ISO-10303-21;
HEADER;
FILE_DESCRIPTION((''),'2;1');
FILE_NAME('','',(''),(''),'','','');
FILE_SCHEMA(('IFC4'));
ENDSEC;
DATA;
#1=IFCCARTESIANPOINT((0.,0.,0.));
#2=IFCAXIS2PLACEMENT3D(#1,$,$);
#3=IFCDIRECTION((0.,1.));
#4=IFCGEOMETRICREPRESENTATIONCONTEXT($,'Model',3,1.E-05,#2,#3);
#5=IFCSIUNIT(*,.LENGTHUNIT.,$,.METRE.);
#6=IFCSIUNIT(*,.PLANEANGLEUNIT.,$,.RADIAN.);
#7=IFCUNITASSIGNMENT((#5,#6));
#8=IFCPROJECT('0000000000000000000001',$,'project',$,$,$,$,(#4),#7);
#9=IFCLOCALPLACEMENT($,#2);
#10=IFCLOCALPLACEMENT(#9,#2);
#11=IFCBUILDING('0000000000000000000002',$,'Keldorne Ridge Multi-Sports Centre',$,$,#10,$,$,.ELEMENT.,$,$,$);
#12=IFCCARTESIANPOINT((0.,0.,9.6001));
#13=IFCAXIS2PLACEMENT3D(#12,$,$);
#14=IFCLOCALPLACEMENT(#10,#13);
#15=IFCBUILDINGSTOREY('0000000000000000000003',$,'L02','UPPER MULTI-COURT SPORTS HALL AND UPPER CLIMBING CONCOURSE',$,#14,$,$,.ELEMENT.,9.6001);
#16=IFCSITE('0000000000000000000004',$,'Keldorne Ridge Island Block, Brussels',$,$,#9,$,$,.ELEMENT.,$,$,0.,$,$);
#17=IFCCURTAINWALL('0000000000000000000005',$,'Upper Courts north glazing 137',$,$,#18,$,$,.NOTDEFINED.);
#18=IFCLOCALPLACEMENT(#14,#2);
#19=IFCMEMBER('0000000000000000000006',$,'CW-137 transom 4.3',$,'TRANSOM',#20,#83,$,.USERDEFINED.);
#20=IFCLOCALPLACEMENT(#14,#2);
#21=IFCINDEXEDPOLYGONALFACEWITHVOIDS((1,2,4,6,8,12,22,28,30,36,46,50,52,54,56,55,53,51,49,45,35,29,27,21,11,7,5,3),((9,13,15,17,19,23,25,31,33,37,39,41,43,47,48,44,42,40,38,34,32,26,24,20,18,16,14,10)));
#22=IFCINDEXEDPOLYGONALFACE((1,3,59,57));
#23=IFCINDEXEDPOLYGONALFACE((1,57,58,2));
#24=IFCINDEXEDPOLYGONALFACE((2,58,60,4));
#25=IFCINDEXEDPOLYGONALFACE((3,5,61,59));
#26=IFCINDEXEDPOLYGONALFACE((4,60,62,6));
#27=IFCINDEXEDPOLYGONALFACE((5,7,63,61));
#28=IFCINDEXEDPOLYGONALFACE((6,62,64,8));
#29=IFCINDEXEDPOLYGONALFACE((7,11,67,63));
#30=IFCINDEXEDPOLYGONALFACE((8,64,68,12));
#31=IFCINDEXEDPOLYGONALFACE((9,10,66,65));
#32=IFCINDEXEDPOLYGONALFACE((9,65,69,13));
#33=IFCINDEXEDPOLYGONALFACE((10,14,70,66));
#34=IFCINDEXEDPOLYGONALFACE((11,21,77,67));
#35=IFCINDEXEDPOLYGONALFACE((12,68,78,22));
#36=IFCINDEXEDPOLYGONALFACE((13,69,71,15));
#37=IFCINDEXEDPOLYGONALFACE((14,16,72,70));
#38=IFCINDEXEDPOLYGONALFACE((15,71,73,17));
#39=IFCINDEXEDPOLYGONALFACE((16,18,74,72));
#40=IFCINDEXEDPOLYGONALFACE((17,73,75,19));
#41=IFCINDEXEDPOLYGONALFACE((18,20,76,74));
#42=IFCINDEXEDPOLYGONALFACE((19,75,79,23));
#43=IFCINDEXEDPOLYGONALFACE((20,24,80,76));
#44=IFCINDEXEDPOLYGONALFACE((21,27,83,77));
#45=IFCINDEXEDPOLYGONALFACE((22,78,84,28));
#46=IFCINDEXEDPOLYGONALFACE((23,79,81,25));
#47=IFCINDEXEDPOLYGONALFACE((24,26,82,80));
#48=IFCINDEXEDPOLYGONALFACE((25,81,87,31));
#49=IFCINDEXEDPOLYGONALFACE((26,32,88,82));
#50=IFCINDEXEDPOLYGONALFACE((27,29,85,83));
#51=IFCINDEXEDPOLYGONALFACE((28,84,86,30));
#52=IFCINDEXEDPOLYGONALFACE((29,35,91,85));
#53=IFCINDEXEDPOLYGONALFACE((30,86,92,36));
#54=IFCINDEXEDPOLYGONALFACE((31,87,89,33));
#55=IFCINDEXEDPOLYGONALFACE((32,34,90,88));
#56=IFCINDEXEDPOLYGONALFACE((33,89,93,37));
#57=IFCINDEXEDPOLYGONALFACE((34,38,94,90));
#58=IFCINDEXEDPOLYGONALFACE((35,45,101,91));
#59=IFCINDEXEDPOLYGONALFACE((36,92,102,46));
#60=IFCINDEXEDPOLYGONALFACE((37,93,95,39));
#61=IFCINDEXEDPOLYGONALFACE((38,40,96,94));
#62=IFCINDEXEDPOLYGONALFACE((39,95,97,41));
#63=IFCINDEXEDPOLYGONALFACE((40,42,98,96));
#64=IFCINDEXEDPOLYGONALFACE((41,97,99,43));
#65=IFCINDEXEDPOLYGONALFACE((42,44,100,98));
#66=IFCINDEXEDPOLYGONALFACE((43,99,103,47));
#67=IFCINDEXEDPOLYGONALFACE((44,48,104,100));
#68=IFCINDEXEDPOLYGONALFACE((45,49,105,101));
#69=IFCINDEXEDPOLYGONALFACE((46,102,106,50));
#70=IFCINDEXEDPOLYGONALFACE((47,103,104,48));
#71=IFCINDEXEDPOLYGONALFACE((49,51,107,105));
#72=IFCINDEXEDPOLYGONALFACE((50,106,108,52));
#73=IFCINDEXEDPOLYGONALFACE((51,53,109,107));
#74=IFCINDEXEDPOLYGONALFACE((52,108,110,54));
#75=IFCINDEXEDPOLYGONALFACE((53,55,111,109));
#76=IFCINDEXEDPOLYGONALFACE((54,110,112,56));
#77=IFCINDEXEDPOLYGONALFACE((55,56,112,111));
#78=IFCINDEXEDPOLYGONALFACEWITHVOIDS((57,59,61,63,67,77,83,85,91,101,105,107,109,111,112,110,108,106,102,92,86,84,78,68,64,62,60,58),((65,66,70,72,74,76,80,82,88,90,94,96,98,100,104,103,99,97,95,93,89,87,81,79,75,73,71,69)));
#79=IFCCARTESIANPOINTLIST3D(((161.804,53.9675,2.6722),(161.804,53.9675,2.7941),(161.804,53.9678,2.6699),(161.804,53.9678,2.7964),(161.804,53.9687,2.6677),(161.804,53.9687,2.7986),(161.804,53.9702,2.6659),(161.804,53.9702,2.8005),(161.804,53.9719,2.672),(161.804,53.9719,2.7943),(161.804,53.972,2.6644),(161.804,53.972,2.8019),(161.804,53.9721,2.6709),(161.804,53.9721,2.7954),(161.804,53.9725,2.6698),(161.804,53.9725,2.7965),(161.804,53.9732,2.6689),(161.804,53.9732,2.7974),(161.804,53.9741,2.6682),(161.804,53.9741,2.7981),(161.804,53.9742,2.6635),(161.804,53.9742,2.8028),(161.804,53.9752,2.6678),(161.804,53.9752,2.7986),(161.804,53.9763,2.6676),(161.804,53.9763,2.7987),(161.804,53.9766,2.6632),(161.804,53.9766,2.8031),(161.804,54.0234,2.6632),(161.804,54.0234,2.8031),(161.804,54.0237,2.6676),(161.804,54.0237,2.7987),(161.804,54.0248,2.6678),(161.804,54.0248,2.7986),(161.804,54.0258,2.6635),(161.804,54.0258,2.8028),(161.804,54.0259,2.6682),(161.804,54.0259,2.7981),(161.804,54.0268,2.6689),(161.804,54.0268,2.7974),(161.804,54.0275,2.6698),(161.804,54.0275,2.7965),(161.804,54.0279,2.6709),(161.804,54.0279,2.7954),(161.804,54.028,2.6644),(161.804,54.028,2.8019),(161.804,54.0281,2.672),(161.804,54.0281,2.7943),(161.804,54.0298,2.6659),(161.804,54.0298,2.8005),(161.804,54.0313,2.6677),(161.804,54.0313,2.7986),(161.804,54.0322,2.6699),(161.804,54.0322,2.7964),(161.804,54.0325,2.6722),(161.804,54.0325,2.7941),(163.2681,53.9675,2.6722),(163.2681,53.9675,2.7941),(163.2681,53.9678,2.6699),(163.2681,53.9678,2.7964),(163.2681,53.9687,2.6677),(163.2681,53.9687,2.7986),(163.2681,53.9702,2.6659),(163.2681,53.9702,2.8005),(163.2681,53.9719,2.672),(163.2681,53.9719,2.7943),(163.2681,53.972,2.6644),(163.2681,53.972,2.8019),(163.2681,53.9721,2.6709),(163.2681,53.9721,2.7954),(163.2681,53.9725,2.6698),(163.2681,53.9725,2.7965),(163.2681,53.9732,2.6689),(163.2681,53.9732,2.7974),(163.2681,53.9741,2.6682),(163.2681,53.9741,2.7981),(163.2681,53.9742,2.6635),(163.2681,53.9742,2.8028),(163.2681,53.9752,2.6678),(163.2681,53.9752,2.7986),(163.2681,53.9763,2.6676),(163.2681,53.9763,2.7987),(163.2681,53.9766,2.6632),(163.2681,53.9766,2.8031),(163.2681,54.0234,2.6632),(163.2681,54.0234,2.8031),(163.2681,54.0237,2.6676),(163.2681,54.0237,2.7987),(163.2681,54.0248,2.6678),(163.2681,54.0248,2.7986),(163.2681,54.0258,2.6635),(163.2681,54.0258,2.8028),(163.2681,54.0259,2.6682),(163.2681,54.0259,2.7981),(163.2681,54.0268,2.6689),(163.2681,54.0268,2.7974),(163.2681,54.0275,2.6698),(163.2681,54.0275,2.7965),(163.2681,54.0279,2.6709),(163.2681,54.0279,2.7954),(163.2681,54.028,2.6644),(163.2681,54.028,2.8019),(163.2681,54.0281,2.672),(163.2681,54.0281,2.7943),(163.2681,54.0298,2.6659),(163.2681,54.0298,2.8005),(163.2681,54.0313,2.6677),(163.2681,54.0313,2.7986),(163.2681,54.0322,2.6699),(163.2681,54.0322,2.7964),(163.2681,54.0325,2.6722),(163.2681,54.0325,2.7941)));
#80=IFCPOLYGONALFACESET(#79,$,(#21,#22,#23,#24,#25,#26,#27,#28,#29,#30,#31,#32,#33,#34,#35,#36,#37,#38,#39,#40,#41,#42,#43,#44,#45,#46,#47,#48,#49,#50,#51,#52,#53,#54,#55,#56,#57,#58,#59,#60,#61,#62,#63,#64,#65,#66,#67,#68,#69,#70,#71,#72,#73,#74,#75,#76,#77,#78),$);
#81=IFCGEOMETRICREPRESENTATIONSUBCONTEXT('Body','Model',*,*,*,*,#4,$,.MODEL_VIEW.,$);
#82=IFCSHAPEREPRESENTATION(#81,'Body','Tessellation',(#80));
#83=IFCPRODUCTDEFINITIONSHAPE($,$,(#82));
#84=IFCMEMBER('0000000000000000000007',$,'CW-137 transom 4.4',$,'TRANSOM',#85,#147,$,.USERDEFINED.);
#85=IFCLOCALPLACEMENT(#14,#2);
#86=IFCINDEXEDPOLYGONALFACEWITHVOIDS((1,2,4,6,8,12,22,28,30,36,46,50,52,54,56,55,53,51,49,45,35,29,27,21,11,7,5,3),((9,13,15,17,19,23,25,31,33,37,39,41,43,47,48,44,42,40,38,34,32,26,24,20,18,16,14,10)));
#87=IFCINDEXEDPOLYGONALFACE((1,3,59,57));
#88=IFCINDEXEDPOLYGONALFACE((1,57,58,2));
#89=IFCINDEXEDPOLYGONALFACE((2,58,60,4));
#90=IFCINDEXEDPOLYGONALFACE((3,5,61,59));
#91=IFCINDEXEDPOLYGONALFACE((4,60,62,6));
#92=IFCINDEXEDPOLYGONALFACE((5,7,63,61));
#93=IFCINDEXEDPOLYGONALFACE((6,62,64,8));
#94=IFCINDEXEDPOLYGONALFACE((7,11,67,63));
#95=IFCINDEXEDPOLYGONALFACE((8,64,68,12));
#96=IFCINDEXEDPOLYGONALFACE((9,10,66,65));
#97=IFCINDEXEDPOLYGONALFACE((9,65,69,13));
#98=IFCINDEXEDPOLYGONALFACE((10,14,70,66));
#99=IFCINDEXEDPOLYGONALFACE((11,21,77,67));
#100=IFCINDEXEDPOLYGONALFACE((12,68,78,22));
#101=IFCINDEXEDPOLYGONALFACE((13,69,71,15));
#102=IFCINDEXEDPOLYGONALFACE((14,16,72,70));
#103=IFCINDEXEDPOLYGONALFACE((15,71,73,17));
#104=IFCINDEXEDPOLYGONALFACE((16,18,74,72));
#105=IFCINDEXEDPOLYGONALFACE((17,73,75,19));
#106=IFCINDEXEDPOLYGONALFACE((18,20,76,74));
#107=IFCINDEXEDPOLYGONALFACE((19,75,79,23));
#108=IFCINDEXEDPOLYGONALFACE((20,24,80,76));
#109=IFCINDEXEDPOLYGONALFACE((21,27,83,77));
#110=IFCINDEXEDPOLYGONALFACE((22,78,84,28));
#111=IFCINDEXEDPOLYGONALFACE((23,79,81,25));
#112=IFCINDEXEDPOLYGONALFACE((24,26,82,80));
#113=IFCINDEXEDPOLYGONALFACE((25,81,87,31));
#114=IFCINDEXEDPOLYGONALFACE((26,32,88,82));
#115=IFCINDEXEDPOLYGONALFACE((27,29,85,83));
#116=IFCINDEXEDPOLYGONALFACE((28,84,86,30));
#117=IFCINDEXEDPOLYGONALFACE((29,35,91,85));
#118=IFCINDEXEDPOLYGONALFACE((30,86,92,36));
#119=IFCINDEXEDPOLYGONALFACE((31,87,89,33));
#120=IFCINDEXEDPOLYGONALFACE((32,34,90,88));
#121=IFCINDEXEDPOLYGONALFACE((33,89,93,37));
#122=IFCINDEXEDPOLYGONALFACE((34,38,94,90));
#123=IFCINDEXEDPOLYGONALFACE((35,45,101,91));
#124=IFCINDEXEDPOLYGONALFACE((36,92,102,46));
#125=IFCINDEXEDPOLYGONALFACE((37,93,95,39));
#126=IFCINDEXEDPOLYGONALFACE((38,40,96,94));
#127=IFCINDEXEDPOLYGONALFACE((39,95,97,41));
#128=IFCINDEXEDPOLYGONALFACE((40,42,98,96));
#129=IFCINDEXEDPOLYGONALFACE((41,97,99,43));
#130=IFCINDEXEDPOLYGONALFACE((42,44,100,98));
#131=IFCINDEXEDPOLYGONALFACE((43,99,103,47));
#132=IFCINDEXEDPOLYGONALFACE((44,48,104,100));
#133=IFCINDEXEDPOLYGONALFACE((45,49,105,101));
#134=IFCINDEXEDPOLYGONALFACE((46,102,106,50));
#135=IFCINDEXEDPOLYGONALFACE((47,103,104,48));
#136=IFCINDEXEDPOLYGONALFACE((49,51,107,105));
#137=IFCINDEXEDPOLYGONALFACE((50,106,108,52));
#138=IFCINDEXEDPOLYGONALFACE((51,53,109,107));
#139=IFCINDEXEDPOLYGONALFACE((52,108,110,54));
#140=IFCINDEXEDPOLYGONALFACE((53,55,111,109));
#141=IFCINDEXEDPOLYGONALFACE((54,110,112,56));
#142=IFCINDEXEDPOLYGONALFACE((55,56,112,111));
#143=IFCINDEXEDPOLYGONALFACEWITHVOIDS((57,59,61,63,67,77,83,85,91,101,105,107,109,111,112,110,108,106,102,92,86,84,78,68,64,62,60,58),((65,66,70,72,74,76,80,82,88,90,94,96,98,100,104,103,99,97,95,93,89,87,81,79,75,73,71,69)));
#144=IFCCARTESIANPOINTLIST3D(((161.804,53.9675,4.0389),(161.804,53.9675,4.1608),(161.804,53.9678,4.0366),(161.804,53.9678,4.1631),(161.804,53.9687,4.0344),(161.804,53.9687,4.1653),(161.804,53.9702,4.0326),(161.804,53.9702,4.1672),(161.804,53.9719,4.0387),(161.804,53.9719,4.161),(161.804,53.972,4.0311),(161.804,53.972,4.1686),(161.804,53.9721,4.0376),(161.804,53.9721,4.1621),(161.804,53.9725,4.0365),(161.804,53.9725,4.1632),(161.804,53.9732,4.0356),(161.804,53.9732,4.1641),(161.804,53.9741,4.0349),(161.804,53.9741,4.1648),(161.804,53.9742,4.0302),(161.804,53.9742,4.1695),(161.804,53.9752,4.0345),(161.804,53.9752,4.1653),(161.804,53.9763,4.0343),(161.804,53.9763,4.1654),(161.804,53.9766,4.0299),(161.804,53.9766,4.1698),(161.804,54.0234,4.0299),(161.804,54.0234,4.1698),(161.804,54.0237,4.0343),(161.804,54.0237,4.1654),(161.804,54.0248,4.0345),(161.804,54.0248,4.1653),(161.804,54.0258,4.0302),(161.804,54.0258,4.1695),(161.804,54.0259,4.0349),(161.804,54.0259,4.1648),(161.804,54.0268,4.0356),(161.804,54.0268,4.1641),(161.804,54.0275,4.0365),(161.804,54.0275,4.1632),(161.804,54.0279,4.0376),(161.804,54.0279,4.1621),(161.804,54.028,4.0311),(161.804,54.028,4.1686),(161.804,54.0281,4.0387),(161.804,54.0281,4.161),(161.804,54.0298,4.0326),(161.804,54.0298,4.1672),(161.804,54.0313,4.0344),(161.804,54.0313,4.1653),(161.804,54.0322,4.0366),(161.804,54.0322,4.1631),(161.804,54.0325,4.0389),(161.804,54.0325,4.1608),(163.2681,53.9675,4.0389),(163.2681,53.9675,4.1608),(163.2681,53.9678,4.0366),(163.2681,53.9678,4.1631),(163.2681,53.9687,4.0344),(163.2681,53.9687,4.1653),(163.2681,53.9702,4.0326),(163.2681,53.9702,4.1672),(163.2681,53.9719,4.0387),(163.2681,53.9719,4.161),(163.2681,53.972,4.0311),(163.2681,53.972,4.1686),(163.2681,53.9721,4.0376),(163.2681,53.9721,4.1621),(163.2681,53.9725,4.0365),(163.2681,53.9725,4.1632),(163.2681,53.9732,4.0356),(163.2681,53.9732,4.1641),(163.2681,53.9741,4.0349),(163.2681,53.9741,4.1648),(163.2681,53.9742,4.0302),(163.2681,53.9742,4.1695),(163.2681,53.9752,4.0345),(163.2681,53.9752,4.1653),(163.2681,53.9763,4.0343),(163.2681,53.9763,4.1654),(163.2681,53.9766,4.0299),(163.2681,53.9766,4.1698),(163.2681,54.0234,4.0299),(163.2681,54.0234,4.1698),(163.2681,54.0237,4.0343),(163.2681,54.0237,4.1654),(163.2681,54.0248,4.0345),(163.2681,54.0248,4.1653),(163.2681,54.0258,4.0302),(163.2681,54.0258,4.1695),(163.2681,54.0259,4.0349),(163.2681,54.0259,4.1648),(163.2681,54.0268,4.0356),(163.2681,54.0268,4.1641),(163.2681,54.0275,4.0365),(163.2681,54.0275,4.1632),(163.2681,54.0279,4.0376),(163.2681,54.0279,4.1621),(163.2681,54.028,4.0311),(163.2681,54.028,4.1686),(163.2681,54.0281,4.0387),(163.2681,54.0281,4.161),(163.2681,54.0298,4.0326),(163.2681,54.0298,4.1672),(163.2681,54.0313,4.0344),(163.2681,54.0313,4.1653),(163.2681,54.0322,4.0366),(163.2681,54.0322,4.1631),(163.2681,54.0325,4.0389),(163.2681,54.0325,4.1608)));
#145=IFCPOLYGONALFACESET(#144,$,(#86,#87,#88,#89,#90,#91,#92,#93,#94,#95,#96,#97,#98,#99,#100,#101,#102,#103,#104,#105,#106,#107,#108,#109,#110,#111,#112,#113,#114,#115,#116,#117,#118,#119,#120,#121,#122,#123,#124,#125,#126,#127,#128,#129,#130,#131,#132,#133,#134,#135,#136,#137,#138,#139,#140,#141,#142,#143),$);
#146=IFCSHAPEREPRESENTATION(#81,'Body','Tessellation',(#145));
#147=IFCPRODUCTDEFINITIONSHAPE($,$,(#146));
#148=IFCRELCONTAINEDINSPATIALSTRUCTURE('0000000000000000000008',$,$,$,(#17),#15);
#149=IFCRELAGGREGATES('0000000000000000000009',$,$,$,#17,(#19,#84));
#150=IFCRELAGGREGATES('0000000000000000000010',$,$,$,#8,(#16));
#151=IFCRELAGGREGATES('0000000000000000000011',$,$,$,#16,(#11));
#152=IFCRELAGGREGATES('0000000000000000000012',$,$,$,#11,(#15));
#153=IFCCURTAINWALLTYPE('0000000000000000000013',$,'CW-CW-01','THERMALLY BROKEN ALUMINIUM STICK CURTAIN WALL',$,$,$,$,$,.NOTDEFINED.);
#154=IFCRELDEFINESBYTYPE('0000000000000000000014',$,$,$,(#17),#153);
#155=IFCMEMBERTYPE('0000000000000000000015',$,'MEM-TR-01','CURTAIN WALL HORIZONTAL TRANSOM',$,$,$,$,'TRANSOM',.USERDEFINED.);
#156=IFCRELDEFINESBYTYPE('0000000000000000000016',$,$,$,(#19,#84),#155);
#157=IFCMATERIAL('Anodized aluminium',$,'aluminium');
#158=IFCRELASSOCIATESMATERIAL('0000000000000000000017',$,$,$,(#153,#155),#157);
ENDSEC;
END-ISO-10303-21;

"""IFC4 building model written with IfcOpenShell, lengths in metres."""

from ifc_helpers import new_model, si_unit, direction, frame, origin, origin_2d, place, context, subcontext, project, spatial, hollow_rectangle, extrude, material, material_profile, profile_set, type_object, element, aggregate, save


model = new_model("IFC4")

# Units and contexts
model_context = context("Model", 3, precision=1e-05, world=origin(), true_north=direction((0.0, 1.0)))
body_context = subcontext(model_context, "Body", "Model", "MODEL_VIEW")
ifc_project = project(units=[si_unit("LENGTHUNIT", "METRE"), si_unit("PLANEANGLEUNIT", "RADIAN")], contexts=[model_context])

# Site, building, storey
site_placement = place(None, origin())
site = spatial("IfcSite", under=ifc_project, at=site_placement, Name="Keldorne Ridge Island Block, Brussels", CompositionType="ELEMENT", RefElevation=0.0)
building_placement = place(site_placement, origin())
building = spatial("IfcBuilding", under=site, at=building_placement, Name="Keldorne Ridge Multi-Sports Centre", CompositionType="ELEMENT")
storey_placement = place(building_placement, frame((0.0, 0.0, 9.6001)))
storey = spatial("IfcBuildingStorey", under=building, at=storey_placement, Name="L02", Description="UPPER MULTI-COURT SPORTS HALL AND UPPER CLIMBING CONCOURSE", CompositionType="ELEMENT", Elevation=9.6001)

# Curtain wall
ifc_material_1 = material(Name="Anodized aluminium", Category="aluminium")
curtain_wall_type_1 = type_object("IfcCurtainWallType", Name="CW-CW-01", Description="THERMALLY BROKEN ALUMINIUM STICK CURTAIN WALL", PredefinedType="NOTDEFINED", material=ifc_material_1)
curtain_wall_1_placement = place(storey_placement, origin())
curtain_wall_1 = element("IfcCurtainWall", 1, at=curtain_wall_1_placement, inside=storey, type_object=curtain_wall_type_1, Name="Upper Courts north glazing 137", PredefinedType="NOTDEFINED")
ifc_material_profile_1 = material_profile(ifc_material_1, hollow_rectangle(XDim=0.0649, YDim=0.1399, WallThickness=0.0044, InnerFilletRadius=0.0044, OuterFilletRadius=0.009, at=origin_2d()), Name="ALU TRANSOM 140x65x4.5")
ifc_profile_set_1 = profile_set([ifc_material_profile_1], Name="Anodized aluminium")
member_type_1 = type_object("IfcMemberType", Name="MEM-TR-01", Description="CURTAIN WALL HORIZONTAL TRANSOM", ElementType="TRANSOM", PredefinedType="USERDEFINED", material=ifc_profile_set_1)

# Members
member_1_placement = place(storey_placement, frame((163.2681, 54.0, 2.7332), z_axis=(-1.0, 0.0, 0.0), x_axis=(0.0, -1.0, 0.0)))
member_1 = element("IfcMember", 2, at=member_1_placement, type_object=member_type_1, Name="CW-137 transom 4.3", ObjectType="TRANSOM", PredefinedType="USERDEFINED", context=body_context, shape_type="SweptSolid", body=[
    extrude(hollow_rectangle(XDim=0.0649, YDim=0.1399, WallThickness=0.0044, InnerFilletRadius=0.0044, OuterFilletRadius=0.009, at=origin_2d()), origin(), (0.0, 0.0, 1.0), 1.4641),
])
member_2_placement = place(storey_placement, frame((163.2681, 54.0, 4.0999), z_axis=(-1.0, 0.0, 0.0), x_axis=(0.0, -1.0, 0.0)))
member_2 = element("IfcMember", 3, at=member_2_placement, type_object=member_type_1, Name="CW-137 transom 4.4", ObjectType="TRANSOM", PredefinedType="USERDEFINED", context=body_context, shape_type="SweptSolid", body=[
    extrude(hollow_rectangle(XDim=0.0649, YDim=0.1399, WallThickness=0.0044, InnerFilletRadius=0.0044, OuterFilletRadius=0.009, at=origin_2d()), origin(), (0.0, 0.0, 1.0), 1.4641),
])

aggregate(curtain_wall_1, [member_1, member_2])

save(model, "model.ifc")
